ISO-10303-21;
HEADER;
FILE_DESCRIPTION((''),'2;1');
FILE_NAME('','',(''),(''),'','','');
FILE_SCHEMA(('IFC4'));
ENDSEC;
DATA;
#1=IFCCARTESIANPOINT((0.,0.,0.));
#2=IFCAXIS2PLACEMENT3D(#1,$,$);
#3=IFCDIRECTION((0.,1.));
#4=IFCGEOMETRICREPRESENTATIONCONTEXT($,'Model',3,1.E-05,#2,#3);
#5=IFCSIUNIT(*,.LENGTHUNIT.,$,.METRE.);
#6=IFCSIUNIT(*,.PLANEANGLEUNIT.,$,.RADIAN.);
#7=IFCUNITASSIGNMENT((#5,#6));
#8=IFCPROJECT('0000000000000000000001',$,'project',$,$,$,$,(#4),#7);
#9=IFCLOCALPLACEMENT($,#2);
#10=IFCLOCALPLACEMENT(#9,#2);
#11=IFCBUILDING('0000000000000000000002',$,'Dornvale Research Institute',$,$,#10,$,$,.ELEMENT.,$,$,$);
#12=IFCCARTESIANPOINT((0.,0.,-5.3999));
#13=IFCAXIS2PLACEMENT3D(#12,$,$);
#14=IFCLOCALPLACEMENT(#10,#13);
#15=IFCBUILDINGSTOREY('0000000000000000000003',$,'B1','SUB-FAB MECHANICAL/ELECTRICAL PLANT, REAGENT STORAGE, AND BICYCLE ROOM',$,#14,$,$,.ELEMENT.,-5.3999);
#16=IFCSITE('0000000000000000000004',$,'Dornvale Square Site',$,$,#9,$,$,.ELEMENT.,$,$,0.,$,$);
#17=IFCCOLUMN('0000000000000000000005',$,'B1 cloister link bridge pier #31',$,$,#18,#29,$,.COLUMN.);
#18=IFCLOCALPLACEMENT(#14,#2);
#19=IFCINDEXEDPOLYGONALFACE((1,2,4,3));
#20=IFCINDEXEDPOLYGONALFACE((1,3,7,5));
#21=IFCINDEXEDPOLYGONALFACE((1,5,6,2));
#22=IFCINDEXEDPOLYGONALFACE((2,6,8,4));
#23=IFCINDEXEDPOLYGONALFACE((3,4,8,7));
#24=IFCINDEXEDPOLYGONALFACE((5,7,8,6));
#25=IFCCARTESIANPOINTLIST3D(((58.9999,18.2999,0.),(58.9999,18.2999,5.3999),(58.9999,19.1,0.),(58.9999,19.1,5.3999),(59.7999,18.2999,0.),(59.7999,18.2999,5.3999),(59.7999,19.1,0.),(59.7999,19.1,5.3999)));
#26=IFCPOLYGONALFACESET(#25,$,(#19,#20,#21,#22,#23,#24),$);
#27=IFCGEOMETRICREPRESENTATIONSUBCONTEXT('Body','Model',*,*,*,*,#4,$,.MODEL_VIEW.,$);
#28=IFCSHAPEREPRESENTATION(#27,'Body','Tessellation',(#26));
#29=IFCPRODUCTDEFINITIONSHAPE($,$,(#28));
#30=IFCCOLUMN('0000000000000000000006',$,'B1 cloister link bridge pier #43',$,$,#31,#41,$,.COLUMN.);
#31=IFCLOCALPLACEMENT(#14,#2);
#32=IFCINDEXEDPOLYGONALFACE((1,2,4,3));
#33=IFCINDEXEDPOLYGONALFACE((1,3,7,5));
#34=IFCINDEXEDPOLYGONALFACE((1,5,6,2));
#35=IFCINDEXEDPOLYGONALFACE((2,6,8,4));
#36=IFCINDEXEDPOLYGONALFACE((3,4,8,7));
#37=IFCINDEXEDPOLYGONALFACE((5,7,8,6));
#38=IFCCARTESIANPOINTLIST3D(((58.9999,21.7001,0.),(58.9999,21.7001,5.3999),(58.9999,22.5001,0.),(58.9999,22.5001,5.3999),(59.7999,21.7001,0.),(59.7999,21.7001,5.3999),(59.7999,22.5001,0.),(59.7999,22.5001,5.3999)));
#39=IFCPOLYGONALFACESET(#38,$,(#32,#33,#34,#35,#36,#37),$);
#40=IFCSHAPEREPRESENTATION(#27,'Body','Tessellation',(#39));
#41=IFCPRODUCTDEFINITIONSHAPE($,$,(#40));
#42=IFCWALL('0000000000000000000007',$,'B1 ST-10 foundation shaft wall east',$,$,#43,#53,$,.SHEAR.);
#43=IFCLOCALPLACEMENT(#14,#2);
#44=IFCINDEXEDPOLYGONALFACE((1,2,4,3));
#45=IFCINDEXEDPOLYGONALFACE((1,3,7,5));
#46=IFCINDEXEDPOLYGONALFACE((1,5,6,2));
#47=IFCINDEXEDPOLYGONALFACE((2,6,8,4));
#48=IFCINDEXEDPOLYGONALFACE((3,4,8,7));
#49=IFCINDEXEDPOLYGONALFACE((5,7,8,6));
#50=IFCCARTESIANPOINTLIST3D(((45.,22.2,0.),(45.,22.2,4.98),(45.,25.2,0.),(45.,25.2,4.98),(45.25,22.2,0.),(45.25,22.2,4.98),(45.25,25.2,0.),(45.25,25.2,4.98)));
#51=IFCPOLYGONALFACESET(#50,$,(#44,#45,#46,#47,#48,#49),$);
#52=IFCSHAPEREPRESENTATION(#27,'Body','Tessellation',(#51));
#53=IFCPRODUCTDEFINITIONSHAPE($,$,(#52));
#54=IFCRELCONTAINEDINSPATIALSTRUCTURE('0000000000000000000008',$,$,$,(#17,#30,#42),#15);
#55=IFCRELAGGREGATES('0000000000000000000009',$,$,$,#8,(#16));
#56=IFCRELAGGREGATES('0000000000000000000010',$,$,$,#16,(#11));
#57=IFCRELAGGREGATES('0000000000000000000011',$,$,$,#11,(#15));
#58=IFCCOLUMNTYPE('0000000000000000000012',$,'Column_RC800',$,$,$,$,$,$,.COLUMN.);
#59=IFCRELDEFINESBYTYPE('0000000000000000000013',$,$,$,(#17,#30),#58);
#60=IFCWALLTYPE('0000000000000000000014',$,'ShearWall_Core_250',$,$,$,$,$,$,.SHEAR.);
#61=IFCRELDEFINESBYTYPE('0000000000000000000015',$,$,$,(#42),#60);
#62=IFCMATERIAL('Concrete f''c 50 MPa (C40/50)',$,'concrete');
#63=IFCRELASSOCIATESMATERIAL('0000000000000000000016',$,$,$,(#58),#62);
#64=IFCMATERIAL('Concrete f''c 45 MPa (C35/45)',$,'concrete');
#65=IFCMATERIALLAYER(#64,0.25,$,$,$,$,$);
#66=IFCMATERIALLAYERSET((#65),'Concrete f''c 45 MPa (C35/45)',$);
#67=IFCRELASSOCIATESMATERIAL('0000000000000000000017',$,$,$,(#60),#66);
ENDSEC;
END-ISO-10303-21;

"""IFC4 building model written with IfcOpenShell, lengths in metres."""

from ifc_helpers import new_model, si_unit, direction, frame, frame_2d, origin, origin_2d, place, context, subcontext, project, spatial, rectangle, extrude, material, layer, layer_set, material_profile, profile_set, type_object, element, save


model = new_model("IFC4")

# Units and contexts
model_context = context("Model", 3, precision=1e-05, world=origin(), true_north=direction((0.0, 1.0)))
body_context = subcontext(model_context, "Body", "Model", "MODEL_VIEW")
ifc_project = project(units=[si_unit("LENGTHUNIT", "METRE"), si_unit("PLANEANGLEUNIT", "RADIAN")], contexts=[model_context])

# Site, building, storey
site_placement = place(None, origin())
site = spatial("IfcSite", under=ifc_project, at=site_placement, Name="Dornvale Square Site", CompositionType="ELEMENT", RefElevation=0.0)
building_placement = place(site_placement, origin())
building = spatial("IfcBuilding", under=site, at=building_placement, Name="Dornvale Research Institute", CompositionType="ELEMENT")
storey_placement = place(building_placement, frame((0.0, 0.0, -5.3999)))
storey = spatial("IfcBuildingStorey", under=building, at=storey_placement, Name="B1", Description="SUB-FAB MECHANICAL/ELECTRICAL PLANT, REAGENT STORAGE, AND BICYCLE ROOM", CompositionType="ELEMENT", Elevation=-5.3999)

# Columns
ifc_material_1 = material(Name="Concrete f'c 50 MPa (C40/50)", Category="concrete")
ifc_material_profile_1 = material_profile(ifc_material_1, rectangle(XDim=0.8, YDim=0.8, at=origin_2d()), Name="RC 800x800")
ifc_profile_set_1 = profile_set([ifc_material_profile_1], Name="Concrete f'c 50 MPa (C40/50)")
column_type = type_object("IfcColumnType", Name="Column_RC800", PredefinedType="COLUMN", material=ifc_profile_set_1)
for number, where, z_axis, x_axis, name in (
    (1, (59.3999, 18.7, 0.0), (0.0, 0.0, 1.0), (1.0, 0.0, 0.0), "B1 cloister link bridge pier #31"),
    (2, (59.3999, 22.1001, 0.0), (0.0, 0.0, 1.0), (1.0, 0.0, 0.0), "B1 cloister link bridge pier #43"),
):
    element("IfcColumn", number, at=place(storey_placement, frame(where, z_axis=z_axis, x_axis=x_axis)), inside=storey, type_object=column_type, Name=name, PredefinedType="COLUMN", context=body_context, shape_type="SweptSolid", body=[
        extrude(rectangle(XDim=0.8, YDim=0.8, at=origin_2d()), origin(), (0.0, 0.0, 1.0), 5.3999),
    ])

# Wall
ifc_material_2 = material(Name="Concrete f'c 45 MPa (C35/45)", Category="concrete")
ifc_layer = layer(ifc_material_2, 0.25)
ifc_layer_set = layer_set([ifc_layer], Name="Concrete f'c 45 MPa (C35/45)")
wall_type = type_object("IfcWallType", Name="ShearWall_Core_250", PredefinedType="SHEAR", material=ifc_layer_set)
wall_placement = place(storey_placement, frame((45.125, 22.2, 0.0), z_axis=(0.0, 0.0, 1.0), x_axis=(0.0, 1.0, 0.0)))
element("IfcWall", 3, at=wall_placement, inside=storey, type_object=wall_type, Name="B1 ST-10 foundation shaft wall east", PredefinedType="SHEAR", context=body_context, shape_type="SweptSolid", body=[
    extrude(rectangle(XDim=3.0, YDim=0.25, at=frame_2d((1.5, 0.0))), origin(), (0.0, 0.0, 1.0), 4.98),
])

save(model, "model.ifc")
